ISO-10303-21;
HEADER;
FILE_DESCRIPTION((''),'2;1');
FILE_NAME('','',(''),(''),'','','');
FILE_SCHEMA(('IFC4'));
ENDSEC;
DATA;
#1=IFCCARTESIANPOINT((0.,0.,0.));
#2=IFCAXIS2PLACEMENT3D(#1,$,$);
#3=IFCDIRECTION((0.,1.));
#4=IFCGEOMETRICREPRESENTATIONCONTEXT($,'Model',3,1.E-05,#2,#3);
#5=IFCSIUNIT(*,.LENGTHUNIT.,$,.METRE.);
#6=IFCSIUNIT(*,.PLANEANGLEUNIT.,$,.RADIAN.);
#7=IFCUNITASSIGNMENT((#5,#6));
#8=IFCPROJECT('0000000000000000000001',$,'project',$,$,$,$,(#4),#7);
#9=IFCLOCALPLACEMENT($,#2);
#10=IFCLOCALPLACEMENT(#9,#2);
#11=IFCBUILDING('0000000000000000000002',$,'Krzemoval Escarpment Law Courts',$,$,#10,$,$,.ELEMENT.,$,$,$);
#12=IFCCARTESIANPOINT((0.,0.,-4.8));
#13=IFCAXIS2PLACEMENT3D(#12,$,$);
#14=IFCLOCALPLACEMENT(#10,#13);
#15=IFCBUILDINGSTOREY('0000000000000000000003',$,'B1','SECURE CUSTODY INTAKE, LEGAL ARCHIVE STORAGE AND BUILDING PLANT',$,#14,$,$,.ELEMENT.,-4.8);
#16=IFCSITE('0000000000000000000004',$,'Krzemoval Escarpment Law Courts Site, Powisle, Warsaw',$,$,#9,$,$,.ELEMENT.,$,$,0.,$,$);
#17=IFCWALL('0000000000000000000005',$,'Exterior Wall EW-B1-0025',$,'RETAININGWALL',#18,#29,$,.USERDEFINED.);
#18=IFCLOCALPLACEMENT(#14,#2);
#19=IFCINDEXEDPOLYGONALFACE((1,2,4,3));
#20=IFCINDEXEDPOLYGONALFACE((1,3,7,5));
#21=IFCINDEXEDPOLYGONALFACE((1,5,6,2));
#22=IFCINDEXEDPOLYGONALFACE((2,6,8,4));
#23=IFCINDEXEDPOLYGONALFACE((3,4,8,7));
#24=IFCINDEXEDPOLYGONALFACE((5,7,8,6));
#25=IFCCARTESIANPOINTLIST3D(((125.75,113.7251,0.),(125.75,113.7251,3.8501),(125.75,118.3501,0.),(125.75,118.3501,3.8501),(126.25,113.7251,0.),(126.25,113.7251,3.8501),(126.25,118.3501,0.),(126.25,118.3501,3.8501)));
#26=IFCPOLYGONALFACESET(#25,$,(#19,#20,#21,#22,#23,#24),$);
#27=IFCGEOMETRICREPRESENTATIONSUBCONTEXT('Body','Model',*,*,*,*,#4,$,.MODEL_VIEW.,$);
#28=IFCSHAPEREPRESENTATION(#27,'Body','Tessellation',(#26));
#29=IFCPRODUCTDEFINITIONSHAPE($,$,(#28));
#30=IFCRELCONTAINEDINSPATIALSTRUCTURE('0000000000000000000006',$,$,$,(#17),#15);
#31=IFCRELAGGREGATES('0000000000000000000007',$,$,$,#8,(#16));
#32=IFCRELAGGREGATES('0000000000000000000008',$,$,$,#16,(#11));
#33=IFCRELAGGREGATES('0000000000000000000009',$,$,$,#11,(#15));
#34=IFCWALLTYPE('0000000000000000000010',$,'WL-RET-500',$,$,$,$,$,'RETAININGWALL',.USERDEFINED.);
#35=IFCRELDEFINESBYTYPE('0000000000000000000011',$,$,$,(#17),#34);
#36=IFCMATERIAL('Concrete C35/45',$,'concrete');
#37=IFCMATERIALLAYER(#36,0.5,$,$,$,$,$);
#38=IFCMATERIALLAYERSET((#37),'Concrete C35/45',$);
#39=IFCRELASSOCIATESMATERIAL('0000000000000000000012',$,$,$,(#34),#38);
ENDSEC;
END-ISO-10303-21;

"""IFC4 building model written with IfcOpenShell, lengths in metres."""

from ifc_helpers import new_model, si_unit, direction, frame, frame_2d, origin, place, context, subcontext, project, spatial, rectangle, extrude, material, layer, layer_set, type_object, element, save


model = new_model("IFC4")

# Units and contexts
model_context = context("Model", 3, precision=1e-05, world=origin(), true_north=direction((0.0, 1.0)))
body_context = subcontext(model_context, "Body", "Model", "MODEL_VIEW")
ifc_project = project(units=[si_unit("LENGTHUNIT", "METRE"), si_unit("PLANEANGLEUNIT", "RADIAN")], contexts=[model_context])

# Site, building, storey
site_placement = place(None, origin())
site = spatial("IfcSite", under=ifc_project, at=site_placement, Name="Krzemoval Escarpment Law Courts Site, Powisle, Warsaw", CompositionType="ELEMENT", RefElevation=0.0)
building_placement = place(site_placement, origin())
building = spatial("IfcBuilding", under=site, at=building_placement, Name="Krzemoval Escarpment Law Courts", CompositionType="ELEMENT")
storey_placement = place(building_placement, frame((0.0, 0.0, -4.8)))
storey = spatial("IfcBuildingStorey", under=building, at=storey_placement, Name="B1", Description="SECURE CUSTODY INTAKE, LEGAL ARCHIVE STORAGE AND BUILDING PLANT", CompositionType="ELEMENT", Elevation=-4.8)

# Wall
ifc_material_1 = material(Name="Concrete C35/45", Category="concrete")
ifc_layer = layer(ifc_material_1, 0.5)
ifc_layer_set = layer_set([ifc_layer], Name="Concrete C35/45")
wall_type = type_object("IfcWallType", Name="WL-RET-500", ElementType="RETAININGWALL", PredefinedType="USERDEFINED", material=ifc_layer_set)
wall_placement = place(storey_placement, frame((126.0, 113.7251, 0.0), z_axis=(0.0, 0.0, 1.0), x_axis=(0.0, 1.0, 0.0)))
element("IfcWall", 1, at=wall_placement, inside=storey, type_object=wall_type, Name="Exterior Wall EW-B1-0025", ObjectType="RETAININGWALL", PredefinedType="USERDEFINED", context=body_context, shape_type="SweptSolid", body=[
    extrude(rectangle(XDim=4.625, YDim=0.5, at=frame_2d((2.3125, 0.0))), origin(), (0.0, 0.0, 1.0), 3.8501),
])

save(model, "model.ifc")
